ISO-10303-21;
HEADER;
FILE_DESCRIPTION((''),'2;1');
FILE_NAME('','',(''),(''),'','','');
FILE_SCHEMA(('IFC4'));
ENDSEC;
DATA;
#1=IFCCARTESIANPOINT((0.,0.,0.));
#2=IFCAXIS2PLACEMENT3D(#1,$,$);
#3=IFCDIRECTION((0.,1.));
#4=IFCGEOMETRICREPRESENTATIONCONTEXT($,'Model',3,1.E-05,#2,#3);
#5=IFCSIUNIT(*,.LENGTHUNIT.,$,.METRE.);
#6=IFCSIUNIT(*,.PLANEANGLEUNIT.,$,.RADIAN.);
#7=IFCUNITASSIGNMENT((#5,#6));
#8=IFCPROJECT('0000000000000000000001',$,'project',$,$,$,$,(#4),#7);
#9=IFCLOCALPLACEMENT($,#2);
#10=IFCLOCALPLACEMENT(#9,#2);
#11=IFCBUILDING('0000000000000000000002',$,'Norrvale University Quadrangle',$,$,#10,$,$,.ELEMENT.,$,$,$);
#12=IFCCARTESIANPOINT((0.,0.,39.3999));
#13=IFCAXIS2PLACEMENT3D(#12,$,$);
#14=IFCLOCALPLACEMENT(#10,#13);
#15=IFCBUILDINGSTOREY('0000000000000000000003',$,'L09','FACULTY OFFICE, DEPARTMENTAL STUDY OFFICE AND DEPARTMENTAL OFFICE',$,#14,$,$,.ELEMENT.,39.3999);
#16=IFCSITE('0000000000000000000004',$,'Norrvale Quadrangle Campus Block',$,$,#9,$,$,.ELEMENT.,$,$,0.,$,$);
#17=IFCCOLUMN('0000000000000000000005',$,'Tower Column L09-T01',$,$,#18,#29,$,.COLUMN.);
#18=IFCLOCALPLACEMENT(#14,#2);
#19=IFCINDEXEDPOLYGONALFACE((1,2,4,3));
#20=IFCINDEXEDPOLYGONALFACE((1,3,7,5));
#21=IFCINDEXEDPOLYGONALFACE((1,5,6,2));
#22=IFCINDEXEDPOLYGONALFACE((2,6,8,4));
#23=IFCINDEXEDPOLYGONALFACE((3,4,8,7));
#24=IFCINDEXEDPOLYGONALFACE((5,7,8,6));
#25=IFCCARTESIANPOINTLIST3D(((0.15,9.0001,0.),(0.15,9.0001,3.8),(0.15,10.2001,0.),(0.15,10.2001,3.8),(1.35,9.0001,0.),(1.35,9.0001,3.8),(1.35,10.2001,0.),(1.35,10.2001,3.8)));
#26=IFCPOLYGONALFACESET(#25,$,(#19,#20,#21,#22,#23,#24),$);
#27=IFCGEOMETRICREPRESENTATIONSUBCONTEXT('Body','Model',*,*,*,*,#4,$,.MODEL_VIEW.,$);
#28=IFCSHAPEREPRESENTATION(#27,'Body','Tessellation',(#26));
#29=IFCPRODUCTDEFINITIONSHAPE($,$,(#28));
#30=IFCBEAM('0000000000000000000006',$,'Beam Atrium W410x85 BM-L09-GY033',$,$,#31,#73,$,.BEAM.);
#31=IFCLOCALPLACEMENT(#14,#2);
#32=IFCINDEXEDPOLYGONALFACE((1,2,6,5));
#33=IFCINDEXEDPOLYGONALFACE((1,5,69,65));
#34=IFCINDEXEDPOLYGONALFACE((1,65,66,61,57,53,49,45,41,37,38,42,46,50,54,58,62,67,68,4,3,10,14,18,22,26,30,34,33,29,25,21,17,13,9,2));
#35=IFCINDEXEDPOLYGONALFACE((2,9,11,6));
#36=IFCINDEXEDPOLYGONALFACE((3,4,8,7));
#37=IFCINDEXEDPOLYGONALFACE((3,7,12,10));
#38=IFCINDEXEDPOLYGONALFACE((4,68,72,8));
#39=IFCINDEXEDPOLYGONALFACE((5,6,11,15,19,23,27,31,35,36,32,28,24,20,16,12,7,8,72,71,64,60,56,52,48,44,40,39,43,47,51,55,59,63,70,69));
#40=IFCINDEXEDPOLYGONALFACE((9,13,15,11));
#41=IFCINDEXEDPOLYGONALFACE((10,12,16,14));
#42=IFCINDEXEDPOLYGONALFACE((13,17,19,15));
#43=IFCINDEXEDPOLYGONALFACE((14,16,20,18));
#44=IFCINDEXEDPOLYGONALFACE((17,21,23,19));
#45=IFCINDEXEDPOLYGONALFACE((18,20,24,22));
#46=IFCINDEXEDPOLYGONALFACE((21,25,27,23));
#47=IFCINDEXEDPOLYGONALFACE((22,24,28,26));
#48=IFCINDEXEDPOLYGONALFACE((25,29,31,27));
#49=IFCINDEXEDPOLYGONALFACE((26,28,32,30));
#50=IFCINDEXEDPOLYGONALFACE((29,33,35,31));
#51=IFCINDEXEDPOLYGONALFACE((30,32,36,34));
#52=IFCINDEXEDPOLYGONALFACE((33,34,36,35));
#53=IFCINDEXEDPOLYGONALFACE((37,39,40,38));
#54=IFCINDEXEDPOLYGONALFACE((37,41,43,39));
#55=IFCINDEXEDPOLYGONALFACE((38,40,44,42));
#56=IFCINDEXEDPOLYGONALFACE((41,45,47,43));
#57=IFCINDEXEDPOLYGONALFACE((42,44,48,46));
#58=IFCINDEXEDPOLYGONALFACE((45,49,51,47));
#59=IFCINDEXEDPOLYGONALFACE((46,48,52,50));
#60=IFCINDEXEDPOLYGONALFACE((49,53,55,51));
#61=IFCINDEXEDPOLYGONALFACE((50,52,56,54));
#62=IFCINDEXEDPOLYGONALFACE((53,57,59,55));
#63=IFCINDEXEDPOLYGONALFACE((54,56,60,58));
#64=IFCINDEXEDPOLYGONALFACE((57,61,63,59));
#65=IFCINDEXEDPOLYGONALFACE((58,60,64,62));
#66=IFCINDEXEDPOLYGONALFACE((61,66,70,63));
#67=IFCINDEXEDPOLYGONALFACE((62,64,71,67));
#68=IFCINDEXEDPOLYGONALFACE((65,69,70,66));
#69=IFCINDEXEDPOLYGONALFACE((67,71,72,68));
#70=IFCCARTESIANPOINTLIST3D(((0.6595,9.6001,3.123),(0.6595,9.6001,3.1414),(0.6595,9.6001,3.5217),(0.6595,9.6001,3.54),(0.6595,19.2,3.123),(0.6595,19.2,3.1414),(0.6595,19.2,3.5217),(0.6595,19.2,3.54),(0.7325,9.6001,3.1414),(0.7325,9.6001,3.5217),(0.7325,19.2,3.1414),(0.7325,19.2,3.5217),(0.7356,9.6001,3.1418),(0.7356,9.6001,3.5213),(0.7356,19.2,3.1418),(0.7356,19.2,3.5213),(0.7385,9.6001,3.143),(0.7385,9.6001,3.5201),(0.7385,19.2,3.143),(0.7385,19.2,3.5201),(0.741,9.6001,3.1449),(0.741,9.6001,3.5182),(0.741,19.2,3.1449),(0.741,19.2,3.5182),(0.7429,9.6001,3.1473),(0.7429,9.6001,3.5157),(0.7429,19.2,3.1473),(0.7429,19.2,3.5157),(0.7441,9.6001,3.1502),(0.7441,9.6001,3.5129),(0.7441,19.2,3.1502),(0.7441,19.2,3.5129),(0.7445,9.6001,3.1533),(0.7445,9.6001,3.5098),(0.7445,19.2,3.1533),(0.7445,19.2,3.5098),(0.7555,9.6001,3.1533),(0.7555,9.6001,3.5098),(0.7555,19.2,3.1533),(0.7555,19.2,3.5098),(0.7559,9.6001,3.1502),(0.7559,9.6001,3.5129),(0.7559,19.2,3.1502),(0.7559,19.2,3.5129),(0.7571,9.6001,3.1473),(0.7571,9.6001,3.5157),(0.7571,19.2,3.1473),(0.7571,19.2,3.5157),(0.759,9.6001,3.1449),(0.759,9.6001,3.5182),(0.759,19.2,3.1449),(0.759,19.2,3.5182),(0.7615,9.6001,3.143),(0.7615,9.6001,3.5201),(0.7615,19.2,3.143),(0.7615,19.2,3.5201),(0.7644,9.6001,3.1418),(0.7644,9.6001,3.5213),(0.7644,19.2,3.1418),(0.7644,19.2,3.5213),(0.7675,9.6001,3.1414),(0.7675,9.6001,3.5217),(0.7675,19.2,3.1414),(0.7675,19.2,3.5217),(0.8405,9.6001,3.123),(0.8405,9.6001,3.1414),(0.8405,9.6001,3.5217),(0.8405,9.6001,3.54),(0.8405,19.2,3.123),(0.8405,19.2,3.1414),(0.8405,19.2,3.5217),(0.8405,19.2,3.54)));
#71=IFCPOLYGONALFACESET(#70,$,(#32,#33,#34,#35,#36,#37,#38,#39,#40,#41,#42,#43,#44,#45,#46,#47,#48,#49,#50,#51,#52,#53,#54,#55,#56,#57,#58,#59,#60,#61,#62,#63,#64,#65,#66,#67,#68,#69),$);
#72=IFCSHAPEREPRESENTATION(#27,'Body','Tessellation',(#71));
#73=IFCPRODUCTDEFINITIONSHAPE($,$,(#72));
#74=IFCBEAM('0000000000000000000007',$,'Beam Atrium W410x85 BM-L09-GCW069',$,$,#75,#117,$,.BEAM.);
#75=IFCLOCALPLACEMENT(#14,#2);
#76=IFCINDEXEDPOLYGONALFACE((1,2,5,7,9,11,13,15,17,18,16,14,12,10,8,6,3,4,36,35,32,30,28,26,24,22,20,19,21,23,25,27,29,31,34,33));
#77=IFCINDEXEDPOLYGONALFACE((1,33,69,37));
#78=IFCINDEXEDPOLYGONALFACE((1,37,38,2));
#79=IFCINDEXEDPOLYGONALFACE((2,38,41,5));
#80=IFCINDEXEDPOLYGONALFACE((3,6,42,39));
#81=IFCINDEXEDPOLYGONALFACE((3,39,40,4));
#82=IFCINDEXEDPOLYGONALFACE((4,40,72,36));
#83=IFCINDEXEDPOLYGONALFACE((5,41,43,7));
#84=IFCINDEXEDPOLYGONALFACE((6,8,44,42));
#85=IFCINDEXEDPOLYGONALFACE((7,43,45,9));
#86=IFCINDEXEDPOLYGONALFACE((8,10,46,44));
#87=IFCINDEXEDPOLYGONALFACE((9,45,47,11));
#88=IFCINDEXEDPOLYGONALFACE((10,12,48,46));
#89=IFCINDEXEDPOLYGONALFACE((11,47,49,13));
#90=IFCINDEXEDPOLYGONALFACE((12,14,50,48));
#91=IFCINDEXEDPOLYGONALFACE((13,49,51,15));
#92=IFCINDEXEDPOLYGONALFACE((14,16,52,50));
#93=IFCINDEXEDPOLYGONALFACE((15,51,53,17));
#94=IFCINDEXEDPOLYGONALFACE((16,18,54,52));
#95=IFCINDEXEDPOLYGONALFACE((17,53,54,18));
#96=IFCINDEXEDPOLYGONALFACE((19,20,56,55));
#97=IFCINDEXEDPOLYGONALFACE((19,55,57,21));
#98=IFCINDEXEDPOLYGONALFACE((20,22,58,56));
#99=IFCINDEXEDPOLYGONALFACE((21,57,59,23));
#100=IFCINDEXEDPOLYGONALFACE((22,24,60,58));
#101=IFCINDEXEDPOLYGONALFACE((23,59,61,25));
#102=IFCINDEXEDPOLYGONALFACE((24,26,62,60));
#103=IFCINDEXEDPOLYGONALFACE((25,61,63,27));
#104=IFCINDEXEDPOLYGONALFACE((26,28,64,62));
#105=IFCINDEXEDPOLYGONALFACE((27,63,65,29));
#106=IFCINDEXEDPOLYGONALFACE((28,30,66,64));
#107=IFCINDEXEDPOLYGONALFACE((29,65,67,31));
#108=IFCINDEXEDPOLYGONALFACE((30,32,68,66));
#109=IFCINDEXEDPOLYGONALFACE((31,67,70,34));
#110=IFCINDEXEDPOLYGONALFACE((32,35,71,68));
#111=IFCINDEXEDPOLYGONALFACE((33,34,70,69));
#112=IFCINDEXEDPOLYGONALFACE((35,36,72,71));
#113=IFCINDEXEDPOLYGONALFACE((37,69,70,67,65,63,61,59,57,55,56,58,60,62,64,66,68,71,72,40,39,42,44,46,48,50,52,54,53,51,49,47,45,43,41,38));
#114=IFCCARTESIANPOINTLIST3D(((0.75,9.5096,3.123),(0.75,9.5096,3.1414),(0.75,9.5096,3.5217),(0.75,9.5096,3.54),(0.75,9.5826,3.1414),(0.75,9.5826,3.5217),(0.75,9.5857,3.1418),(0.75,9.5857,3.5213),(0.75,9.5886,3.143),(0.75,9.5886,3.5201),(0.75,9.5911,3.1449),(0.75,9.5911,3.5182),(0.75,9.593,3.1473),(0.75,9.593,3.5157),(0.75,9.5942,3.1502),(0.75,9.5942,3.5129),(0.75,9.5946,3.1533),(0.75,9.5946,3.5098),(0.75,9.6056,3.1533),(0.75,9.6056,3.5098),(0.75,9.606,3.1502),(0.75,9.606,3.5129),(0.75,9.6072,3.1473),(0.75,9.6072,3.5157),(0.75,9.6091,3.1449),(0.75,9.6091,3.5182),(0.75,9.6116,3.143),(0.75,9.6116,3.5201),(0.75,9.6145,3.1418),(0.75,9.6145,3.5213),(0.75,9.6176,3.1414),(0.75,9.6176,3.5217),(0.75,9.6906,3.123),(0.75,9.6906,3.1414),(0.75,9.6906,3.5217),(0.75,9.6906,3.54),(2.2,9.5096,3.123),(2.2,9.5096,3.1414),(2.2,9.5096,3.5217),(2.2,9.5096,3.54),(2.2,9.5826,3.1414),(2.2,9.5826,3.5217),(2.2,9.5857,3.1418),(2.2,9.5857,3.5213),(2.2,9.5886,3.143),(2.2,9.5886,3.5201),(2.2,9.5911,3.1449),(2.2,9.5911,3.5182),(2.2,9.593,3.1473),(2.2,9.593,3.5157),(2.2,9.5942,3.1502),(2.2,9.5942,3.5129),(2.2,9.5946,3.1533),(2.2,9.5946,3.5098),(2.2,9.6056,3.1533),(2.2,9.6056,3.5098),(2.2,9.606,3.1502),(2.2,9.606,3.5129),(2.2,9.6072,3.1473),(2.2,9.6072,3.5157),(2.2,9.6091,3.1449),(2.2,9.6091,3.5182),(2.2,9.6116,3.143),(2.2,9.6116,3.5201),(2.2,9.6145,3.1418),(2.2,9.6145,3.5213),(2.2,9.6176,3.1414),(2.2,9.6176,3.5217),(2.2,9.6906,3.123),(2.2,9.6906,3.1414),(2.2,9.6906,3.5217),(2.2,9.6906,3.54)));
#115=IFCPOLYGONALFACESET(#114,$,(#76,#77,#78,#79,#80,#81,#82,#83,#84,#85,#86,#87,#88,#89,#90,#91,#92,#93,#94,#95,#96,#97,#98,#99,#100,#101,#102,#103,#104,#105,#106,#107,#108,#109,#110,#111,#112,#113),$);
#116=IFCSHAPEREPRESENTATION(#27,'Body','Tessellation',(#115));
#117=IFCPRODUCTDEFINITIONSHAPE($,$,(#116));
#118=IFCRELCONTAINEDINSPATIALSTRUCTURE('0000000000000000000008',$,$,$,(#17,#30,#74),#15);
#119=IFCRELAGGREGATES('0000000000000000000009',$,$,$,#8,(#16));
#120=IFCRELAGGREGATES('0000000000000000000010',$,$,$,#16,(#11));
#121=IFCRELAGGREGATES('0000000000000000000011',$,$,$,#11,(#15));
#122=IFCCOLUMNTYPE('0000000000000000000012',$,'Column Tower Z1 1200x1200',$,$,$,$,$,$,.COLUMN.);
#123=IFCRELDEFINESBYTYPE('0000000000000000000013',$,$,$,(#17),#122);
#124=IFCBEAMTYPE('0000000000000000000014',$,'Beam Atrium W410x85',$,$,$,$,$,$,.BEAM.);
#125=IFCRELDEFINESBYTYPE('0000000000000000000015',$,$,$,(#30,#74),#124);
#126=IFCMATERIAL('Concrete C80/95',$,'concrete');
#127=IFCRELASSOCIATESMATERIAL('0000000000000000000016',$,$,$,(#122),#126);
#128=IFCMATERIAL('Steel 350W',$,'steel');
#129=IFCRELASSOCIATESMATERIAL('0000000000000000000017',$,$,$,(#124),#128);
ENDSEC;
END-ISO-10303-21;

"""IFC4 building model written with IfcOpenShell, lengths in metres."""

from ifc_helpers import new_model, si_unit, direction, frame, origin, origin_2d, place, context, subcontext, project, spatial, rectangle, i_section, extrude, material, material_profile, profile_set, type_object, element, save


model = new_model("IFC4")

# Units and contexts
model_context = context("Model", 3, precision=1e-05, world=origin(), true_north=direction((0.0, 1.0)))
body_context = subcontext(model_context, "Body", "Model", "MODEL_VIEW")
ifc_project = project(units=[si_unit("LENGTHUNIT", "METRE"), si_unit("PLANEANGLEUNIT", "RADIAN")], contexts=[model_context])

# Site, building, storey
site_placement = place(None, origin())
site = spatial("IfcSite", under=ifc_project, at=site_placement, Name="Norrvale Quadrangle Campus Block", CompositionType="ELEMENT", RefElevation=0.0)
building_placement = place(site_placement, origin())
building = spatial("IfcBuilding", under=site, at=building_placement, Name="Norrvale University Quadrangle", CompositionType="ELEMENT")
storey_placement = place(building_placement, frame((0.0, 0.0, 39.3999)))
storey = spatial("IfcBuildingStorey", under=building, at=storey_placement, Name="L09", Description="FACULTY OFFICE, DEPARTMENTAL STUDY OFFICE AND DEPARTMENTAL OFFICE", CompositionType="ELEMENT", Elevation=39.3999)

# Column
ifc_material_1 = material(Name="Concrete C80/95", Category="concrete")
ifc_material_profile_1 = material_profile(ifc_material_1, rectangle(XDim=1.2, YDim=1.2, at=origin_2d()), Name="Concrete C80/95")
ifc_profile_set_1 = profile_set([ifc_material_profile_1], Name="Concrete C80/95")
column_type = type_object("IfcColumnType", Name="Column Tower Z1 1200x1200", PredefinedType="COLUMN", material=ifc_profile_set_1)
column_placement = place(storey_placement, frame((0.75, 9.6001, 0.0), z_axis=(0.0, 0.0, 1.0), x_axis=(1.0, 0.0, 0.0)))
element("IfcColumn", 1, at=column_placement, inside=storey, type_object=column_type, Name="Tower Column L09-T01", PredefinedType="COLUMN", context=body_context, shape_type="SweptSolid", body=[
    extrude(rectangle(XDim=1.2, YDim=1.2, at=origin_2d()), origin(), (0.0, 0.0, 1.0), 3.8),
])

# Beams
ifc_material_2 = material(Name="Steel 350W", Category="steel")
ifc_material_profile_2 = material_profile(ifc_material_2, i_section(OverallWidth=0.1809, OverallDepth=0.417, WebThickness=0.011, FlangeThickness=0.0183, FilletRadius=0.012, at=origin_2d()), Name="Steel 350W")
ifc_profile_set_2 = profile_set([ifc_material_profile_2], Name="Steel 350W")
beam_type = type_object("IfcBeamType", Name="Beam Atrium W410x85", PredefinedType="BEAM", material=ifc_profile_set_2)
beam_1_placement = place(storey_placement, frame((0.75, 9.6001, 3.3315), z_axis=(0.0, 1.0, 0.0), x_axis=(-1.0, 0.0, 0.0)))
element("IfcBeam", 2, at=beam_1_placement, inside=storey, type_object=beam_type, Name="Beam Atrium W410x85 BM-L09-GY033", PredefinedType="BEAM", context=body_context, shape_type="SweptSolid", body=[
    extrude(i_section(OverallWidth=0.1809, OverallDepth=0.417, WebThickness=0.011, FlangeThickness=0.0183, FilletRadius=0.012, at=origin_2d()), origin(), (0.0, 0.0, 1.0), 9.5999),
])
beam_2_placement = place(storey_placement, frame((0.75, 9.6001, 3.3315), z_axis=(1.0, 0.0, 0.0), x_axis=(0.0, 1.0, 0.0)))
element("IfcBeam", 3, at=beam_2_placement, inside=storey, type_object=beam_type, Name="Beam Atrium W410x85 BM-L09-GCW069", PredefinedType="BEAM", context=body_context, shape_type="SweptSolid", body=[
    extrude(i_section(OverallWidth=0.1809, OverallDepth=0.417, WebThickness=0.011, FlangeThickness=0.0183, FilletRadius=0.012, at=origin_2d()), origin(), (0.0, 0.0, 1.0), 1.45),
])

save(model, "model.ifc")
